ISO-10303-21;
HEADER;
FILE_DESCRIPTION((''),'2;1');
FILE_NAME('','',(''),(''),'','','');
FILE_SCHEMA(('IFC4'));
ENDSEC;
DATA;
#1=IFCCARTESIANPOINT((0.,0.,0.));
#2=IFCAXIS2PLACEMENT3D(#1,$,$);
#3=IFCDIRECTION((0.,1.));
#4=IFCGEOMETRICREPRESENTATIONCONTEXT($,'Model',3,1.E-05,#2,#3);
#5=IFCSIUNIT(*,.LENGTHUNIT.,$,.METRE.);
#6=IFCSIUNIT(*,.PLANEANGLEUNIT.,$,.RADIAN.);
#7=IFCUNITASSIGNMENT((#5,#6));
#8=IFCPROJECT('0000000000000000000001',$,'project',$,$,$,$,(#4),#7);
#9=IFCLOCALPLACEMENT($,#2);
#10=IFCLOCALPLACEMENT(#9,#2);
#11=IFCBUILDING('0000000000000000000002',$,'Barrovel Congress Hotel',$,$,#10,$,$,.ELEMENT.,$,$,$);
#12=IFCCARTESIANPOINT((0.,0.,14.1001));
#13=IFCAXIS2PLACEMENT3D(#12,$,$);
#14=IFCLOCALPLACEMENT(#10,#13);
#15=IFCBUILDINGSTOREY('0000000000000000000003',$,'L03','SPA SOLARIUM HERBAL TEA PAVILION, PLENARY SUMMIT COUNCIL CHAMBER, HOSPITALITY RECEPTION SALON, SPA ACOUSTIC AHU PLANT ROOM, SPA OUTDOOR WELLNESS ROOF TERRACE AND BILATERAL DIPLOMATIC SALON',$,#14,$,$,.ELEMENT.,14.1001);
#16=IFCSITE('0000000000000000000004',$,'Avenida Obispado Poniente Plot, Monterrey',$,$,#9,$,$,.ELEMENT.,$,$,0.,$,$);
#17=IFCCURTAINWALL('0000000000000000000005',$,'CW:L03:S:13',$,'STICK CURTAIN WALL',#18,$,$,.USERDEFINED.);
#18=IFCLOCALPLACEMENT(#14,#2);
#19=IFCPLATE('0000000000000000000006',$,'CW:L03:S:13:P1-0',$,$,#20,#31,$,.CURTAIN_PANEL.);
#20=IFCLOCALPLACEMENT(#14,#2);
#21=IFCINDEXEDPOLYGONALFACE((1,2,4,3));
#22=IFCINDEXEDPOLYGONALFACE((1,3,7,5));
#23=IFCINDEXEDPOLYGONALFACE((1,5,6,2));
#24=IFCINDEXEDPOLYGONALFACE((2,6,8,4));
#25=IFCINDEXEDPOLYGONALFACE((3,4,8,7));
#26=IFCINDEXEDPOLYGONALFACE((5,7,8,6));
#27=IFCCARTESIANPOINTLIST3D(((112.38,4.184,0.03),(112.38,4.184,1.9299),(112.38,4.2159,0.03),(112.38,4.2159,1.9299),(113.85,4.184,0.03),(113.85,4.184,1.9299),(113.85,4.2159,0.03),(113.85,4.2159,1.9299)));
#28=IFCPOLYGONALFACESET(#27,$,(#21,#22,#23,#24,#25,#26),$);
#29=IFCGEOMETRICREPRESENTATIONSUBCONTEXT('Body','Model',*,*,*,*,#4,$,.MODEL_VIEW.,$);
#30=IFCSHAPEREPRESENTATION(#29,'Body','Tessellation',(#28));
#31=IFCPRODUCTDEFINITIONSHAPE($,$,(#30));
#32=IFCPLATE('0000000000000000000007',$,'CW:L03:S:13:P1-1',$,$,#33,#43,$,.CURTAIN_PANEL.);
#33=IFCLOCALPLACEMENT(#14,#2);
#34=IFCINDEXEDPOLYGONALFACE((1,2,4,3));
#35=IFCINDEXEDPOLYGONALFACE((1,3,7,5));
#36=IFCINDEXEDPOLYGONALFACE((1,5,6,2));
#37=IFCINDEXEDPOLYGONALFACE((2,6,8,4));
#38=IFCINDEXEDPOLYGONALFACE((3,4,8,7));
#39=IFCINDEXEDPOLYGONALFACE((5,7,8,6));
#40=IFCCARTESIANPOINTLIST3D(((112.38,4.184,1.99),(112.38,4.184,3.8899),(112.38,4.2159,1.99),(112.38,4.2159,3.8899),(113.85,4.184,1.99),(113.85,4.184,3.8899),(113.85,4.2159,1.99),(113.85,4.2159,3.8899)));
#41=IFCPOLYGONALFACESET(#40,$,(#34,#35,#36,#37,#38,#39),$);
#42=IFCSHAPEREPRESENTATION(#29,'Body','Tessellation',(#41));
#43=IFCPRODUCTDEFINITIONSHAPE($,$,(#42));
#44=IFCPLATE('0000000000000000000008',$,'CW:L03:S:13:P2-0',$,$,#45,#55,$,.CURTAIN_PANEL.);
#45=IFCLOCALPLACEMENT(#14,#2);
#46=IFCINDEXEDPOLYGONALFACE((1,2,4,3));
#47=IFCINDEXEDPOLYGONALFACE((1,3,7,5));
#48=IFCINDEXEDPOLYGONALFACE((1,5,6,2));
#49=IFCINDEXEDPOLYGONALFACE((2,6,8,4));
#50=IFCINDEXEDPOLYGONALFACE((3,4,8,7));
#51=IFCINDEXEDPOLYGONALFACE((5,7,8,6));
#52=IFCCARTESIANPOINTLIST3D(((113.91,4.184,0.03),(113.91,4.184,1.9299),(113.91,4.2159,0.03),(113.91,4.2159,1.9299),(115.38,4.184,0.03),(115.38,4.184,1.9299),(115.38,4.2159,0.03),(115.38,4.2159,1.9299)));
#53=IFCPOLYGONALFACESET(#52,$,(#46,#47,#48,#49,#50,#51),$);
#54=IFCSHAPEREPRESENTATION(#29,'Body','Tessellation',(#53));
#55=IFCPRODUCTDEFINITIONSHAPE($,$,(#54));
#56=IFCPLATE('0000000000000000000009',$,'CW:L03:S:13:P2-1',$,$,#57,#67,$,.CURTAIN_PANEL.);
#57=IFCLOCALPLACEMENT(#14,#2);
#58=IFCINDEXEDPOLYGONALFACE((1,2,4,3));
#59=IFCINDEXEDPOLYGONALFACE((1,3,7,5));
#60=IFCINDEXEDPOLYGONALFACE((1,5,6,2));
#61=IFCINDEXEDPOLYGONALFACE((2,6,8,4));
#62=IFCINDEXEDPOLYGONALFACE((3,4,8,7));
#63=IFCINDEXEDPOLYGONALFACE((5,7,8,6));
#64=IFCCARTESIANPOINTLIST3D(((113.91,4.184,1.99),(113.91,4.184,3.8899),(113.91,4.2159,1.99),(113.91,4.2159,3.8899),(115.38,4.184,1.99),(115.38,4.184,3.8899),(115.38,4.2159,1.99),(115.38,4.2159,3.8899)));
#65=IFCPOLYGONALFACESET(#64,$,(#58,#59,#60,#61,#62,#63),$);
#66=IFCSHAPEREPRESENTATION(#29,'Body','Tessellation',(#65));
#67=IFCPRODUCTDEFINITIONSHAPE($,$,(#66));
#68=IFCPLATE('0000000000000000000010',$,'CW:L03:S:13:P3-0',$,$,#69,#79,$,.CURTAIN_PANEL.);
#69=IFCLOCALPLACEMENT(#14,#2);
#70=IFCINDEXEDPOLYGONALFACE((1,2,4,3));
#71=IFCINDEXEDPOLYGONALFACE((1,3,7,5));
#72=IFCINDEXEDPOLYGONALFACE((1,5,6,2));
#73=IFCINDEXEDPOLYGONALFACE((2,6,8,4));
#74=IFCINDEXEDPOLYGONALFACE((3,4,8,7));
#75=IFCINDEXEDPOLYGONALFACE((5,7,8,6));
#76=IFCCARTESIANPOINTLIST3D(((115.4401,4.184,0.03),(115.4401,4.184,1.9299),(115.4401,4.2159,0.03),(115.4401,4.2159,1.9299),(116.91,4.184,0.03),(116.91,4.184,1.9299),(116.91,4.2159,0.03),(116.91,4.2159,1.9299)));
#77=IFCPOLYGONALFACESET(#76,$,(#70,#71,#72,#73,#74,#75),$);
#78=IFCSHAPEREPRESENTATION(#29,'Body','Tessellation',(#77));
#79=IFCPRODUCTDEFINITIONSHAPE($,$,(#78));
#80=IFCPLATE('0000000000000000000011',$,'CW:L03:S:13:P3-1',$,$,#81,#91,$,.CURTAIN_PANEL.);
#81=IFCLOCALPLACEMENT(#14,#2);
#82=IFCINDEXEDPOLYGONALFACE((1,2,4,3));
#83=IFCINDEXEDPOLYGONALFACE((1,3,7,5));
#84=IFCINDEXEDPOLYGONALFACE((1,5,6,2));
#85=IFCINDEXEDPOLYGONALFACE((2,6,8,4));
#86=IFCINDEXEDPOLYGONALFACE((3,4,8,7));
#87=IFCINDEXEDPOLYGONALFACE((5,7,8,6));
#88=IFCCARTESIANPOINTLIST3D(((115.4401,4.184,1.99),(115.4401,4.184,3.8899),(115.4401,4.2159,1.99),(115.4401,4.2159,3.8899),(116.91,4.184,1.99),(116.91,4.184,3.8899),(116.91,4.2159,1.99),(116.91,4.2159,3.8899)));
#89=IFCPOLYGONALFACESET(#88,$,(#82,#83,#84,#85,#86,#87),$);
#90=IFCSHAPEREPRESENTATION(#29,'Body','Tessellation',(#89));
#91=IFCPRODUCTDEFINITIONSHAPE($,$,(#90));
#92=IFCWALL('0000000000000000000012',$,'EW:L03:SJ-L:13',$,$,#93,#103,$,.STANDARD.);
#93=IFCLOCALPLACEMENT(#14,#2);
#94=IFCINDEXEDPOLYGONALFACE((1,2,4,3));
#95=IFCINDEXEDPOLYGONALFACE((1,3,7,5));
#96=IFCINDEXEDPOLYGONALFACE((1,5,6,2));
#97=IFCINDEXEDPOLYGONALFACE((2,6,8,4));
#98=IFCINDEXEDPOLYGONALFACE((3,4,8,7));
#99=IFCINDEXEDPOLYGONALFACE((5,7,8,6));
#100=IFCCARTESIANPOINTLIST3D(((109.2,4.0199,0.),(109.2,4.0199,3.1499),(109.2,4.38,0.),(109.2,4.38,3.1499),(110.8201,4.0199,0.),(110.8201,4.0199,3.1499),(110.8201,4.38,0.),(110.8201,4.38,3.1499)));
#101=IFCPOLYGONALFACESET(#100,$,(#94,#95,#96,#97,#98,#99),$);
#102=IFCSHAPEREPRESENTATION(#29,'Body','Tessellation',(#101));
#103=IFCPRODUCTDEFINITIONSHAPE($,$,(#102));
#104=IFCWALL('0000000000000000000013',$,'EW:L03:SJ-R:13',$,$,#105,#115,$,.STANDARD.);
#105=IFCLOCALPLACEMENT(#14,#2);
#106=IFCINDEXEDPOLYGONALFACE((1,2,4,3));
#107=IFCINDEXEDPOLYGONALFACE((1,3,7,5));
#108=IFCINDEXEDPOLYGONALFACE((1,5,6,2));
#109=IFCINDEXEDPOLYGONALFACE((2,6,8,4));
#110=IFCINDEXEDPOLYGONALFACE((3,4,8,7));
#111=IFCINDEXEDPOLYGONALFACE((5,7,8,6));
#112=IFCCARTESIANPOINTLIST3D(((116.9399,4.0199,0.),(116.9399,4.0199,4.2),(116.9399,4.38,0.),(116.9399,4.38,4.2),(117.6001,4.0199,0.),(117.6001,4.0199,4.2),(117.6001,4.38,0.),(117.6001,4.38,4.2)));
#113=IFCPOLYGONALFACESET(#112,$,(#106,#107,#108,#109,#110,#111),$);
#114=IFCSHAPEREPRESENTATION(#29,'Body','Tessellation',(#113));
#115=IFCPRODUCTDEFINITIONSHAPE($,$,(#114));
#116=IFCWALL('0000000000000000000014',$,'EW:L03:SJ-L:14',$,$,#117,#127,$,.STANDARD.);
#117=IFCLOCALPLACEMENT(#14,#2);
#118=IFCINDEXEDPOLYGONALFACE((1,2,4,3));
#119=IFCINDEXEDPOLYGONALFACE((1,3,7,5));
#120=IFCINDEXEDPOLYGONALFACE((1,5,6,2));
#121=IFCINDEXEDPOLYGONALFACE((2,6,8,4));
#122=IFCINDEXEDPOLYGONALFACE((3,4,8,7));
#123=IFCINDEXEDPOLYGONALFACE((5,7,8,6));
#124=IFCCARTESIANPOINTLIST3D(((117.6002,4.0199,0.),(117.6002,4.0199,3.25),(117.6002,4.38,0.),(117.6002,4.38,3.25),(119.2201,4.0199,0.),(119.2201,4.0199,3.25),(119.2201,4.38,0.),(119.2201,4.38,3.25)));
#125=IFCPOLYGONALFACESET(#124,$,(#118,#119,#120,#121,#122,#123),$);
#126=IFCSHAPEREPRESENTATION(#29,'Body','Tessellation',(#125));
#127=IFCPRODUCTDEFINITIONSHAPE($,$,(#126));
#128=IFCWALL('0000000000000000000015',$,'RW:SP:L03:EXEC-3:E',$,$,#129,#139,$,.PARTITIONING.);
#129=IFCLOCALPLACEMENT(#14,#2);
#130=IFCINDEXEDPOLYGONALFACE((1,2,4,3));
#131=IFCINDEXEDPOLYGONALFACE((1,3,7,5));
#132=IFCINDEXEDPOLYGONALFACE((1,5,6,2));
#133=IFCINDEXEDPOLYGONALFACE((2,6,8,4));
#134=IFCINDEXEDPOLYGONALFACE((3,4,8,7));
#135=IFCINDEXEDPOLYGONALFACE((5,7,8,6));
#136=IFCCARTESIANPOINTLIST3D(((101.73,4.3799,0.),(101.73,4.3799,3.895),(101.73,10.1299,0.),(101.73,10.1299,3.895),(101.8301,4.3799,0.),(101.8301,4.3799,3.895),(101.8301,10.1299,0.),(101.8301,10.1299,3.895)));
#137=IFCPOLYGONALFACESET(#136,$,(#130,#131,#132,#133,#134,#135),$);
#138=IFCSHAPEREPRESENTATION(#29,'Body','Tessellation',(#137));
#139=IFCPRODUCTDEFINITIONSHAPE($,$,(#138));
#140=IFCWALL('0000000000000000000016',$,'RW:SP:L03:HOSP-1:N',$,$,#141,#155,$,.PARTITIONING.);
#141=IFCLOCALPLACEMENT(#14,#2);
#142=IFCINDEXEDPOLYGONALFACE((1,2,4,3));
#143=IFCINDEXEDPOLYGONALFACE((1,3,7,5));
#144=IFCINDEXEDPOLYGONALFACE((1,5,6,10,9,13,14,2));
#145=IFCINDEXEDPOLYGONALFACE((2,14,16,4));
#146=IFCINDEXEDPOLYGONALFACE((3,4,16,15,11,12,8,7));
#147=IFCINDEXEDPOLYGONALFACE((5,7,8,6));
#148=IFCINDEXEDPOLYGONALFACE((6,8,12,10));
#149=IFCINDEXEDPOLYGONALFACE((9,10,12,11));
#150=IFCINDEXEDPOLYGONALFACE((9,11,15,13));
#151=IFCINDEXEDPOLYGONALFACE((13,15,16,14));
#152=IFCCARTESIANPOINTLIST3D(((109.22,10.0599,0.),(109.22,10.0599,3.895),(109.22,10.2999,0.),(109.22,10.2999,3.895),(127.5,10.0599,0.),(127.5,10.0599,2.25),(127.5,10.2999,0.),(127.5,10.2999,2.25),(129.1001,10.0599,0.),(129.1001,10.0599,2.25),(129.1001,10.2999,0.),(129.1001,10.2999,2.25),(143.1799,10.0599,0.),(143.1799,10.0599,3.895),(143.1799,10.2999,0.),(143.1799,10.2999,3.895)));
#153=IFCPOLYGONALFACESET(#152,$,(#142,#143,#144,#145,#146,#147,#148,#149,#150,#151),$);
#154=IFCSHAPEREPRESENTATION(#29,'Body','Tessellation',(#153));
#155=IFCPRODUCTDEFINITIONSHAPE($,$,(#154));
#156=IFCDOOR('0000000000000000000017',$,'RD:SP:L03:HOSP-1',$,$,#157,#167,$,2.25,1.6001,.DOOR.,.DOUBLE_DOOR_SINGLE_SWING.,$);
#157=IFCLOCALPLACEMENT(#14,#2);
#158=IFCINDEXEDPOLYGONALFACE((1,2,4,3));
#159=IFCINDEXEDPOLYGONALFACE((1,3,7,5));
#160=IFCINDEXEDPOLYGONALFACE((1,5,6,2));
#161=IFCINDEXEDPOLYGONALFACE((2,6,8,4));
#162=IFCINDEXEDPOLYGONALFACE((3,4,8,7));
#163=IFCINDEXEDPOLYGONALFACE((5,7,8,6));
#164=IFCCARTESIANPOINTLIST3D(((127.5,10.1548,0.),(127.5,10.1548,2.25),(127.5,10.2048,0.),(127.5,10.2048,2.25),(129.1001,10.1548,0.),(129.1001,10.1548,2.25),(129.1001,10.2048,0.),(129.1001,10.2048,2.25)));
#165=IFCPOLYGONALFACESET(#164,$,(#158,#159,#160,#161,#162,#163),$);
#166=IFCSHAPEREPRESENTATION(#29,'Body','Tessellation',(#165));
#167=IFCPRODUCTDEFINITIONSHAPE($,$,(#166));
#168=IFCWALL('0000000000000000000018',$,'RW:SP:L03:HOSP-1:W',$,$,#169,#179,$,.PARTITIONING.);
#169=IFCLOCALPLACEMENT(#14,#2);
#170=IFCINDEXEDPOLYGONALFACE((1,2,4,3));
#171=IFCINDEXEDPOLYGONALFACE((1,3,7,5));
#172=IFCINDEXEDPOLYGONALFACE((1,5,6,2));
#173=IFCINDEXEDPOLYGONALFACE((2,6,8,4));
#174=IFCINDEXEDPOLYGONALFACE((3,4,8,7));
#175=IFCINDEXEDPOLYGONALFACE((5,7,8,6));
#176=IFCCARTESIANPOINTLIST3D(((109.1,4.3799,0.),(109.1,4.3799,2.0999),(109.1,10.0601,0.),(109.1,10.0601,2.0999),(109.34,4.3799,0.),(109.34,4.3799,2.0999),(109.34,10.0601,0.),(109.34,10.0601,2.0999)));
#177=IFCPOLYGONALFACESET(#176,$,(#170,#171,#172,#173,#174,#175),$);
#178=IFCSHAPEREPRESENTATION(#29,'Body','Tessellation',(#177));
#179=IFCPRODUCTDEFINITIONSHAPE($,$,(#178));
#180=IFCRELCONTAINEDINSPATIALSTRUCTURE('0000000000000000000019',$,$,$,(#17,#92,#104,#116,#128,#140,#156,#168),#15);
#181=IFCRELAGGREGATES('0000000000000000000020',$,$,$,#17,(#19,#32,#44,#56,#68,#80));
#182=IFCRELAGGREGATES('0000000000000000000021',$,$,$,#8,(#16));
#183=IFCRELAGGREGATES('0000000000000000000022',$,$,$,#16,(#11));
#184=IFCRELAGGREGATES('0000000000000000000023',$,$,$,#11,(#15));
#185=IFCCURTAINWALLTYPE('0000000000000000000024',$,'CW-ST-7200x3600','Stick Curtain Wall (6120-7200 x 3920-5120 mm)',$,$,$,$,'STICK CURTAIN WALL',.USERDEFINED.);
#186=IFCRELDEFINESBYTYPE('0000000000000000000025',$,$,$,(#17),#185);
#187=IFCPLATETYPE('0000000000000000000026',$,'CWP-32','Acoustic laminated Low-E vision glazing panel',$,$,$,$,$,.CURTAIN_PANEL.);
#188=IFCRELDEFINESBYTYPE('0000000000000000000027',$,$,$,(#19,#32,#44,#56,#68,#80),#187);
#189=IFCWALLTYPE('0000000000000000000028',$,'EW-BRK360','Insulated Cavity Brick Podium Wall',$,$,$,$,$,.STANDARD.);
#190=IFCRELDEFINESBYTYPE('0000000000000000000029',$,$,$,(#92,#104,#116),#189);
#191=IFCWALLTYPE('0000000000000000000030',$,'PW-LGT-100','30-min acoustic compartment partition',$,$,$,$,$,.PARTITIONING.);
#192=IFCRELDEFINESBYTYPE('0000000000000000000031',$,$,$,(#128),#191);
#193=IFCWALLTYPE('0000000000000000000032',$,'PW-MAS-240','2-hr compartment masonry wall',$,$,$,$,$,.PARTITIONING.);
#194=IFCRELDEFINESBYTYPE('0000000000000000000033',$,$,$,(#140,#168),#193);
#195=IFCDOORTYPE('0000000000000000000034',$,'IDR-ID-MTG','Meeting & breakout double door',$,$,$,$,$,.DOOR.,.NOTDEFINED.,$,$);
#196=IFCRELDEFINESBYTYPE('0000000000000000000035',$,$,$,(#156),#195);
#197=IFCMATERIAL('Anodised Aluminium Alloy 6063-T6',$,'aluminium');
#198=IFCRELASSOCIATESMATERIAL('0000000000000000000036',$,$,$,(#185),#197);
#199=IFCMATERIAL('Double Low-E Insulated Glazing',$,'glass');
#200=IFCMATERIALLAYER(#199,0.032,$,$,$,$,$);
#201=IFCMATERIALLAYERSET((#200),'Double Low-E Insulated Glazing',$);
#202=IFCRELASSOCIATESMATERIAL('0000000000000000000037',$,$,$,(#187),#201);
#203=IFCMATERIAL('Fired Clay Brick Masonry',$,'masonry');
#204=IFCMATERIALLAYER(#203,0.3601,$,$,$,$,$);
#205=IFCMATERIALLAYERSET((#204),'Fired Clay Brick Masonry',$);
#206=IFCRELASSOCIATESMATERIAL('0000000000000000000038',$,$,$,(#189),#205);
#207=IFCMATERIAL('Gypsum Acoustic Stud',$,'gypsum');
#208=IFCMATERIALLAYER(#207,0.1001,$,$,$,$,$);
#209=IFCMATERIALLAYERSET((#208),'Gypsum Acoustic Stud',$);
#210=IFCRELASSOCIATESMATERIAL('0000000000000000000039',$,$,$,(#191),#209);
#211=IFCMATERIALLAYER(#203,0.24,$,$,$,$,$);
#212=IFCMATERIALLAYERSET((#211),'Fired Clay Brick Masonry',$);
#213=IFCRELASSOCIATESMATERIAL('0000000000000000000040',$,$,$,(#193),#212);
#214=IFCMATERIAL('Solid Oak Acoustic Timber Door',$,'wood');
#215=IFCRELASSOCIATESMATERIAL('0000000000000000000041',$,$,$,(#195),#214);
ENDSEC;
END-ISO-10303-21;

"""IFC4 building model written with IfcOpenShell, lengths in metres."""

from ifc_helpers import new_model, si_unit, direction, frame, frame_2d, origin, origin_2d, place, context, subcontext, project, spatial, rectangle, extrude, material, layer, layer_set, type_object, element, fill, aggregate, save


model = new_model("IFC4")

# Units and contexts
model_context = context("Model", 3, precision=1e-05, world=origin(), true_north=direction((0.0, 1.0)))
body_context = subcontext(model_context, "Body", "Model", "MODEL_VIEW")
ifc_project = project(units=[si_unit("LENGTHUNIT", "METRE"), si_unit("PLANEANGLEUNIT", "RADIAN")], contexts=[model_context])

# Site, building, storey
site_placement = place(None, origin())
site = spatial("IfcSite", under=ifc_project, at=site_placement, Name="Avenida Obispado Poniente Plot, Monterrey", CompositionType="ELEMENT", RefElevation=0.0)
building_placement = place(site_placement, origin())
building = spatial("IfcBuilding", under=site, at=building_placement, Name="Barrovel Congress Hotel", CompositionType="ELEMENT")
storey_placement = place(building_placement, frame((0.0, 0.0, 14.1001)))
storey = spatial("IfcBuildingStorey", under=building, at=storey_placement, Name="L03", Description="SPA SOLARIUM HERBAL TEA PAVILION, PLENARY SUMMIT COUNCIL CHAMBER, HOSPITALITY RECEPTION SALON, SPA ACOUSTIC AHU PLANT ROOM, SPA OUTDOOR WELLNESS ROOF TERRACE AND BILATERAL DIPLOMATIC SALON", CompositionType="ELEMENT", Elevation=14.1001)

# Curtain wall, plates
ifc_material_1 = material(Name="Anodised Aluminium Alloy 6063-T6", Category="aluminium")
curtain_wall_type = type_object("IfcCurtainWallType", Name="CW-ST-7200x3600", Description="Stick Curtain Wall (6120-7200 x 3920-5120 mm)", ElementType="STICK CURTAIN WALL", PredefinedType="USERDEFINED", material=ifc_material_1)
curtain_wall_placement = place(storey_placement, origin())
curtain_wall = element("IfcCurtainWall", 1, at=curtain_wall_placement, inside=storey, type_object=curtain_wall_type, Name="CW:L03:S:13", ObjectType="STICK CURTAIN WALL", PredefinedType="USERDEFINED")
ifc_material_2 = material(Name="Double Low-E Insulated Glazing", Category="glass")
ifc_layer_1 = layer(ifc_material_2, 0.032)
ifc_layer_set_1 = layer_set([ifc_layer_1], Name="Double Low-E Insulated Glazing")
plate_type = type_object("IfcPlateType", Name="CWP-32", Description="Acoustic laminated Low-E vision glazing panel", PredefinedType="CURTAIN_PANEL", material=ifc_layer_set_1)
plate_1_placement = place(storey_placement, frame((113.115, 4.2, 0.03), z_axis=(0.0, 0.0, 1.0), x_axis=(1.0, 0.0, 0.0)))
plate_1 = element("IfcPlate", 2, at=plate_1_placement, type_object=plate_type, Name="CW:L03:S:13:P1-0", PredefinedType="CURTAIN_PANEL", context=body_context, shape_type="SweptSolid", body=[
    extrude(rectangle(XDim=1.47, YDim=0.032, at=origin_2d()), origin(), (0.0, 0.0, 1.0), 1.8999),
])
plate_2_placement = place(storey_placement, frame((113.115, 4.2, 1.99), z_axis=(0.0, 0.0, 1.0), x_axis=(1.0, 0.0, 0.0)))
plate_2 = element("IfcPlate", 3, at=plate_2_placement, type_object=plate_type, Name="CW:L03:S:13:P1-1", PredefinedType="CURTAIN_PANEL", context=body_context, shape_type="SweptSolid", body=[
    extrude(rectangle(XDim=1.47, YDim=0.032, at=origin_2d()), origin(), (0.0, 0.0, 1.0), 1.8999),
])
plate_3_placement = place(storey_placement, frame((114.645, 4.2, 0.03), z_axis=(0.0, 0.0, 1.0), x_axis=(1.0, 0.0, 0.0)))
plate_3 = element("IfcPlate", 4, at=plate_3_placement, type_object=plate_type, Name="CW:L03:S:13:P2-0", PredefinedType="CURTAIN_PANEL", context=body_context, shape_type="SweptSolid", body=[
    extrude(rectangle(XDim=1.47, YDim=0.032, at=origin_2d()), origin(), (0.0, 0.0, 1.0), 1.8999),
])
plate_4_placement = place(storey_placement, frame((114.645, 4.2, 1.99), z_axis=(0.0, 0.0, 1.0), x_axis=(1.0, 0.0, 0.0)))
plate_4 = element("IfcPlate", 5, at=plate_4_placement, type_object=plate_type, Name="CW:L03:S:13:P2-1", PredefinedType="CURTAIN_PANEL", context=body_context, shape_type="SweptSolid", body=[
    extrude(rectangle(XDim=1.47, YDim=0.032, at=origin_2d()), origin(), (0.0, 0.0, 1.0), 1.8999),
])
plate_5_placement = place(storey_placement, frame((116.175, 4.2, 0.03), z_axis=(0.0, 0.0, 1.0), x_axis=(1.0, 0.0, 0.0)))
plate_5 = element("IfcPlate", 6, at=plate_5_placement, type_object=plate_type, Name="CW:L03:S:13:P3-0", PredefinedType="CURTAIN_PANEL", context=body_context, shape_type="SweptSolid", body=[
    extrude(rectangle(XDim=1.47, YDim=0.032, at=origin_2d()), origin(), (0.0, 0.0, 1.0), 1.8999),
])
plate_6_placement = place(storey_placement, frame((116.175, 4.2, 1.99), z_axis=(0.0, 0.0, 1.0), x_axis=(1.0, 0.0, 0.0)))
plate_6 = element("IfcPlate", 7, at=plate_6_placement, type_object=plate_type, Name="CW:L03:S:13:P3-1", PredefinedType="CURTAIN_PANEL", context=body_context, shape_type="SweptSolid", body=[
    extrude(rectangle(XDim=1.47, YDim=0.032, at=origin_2d()), origin(), (0.0, 0.0, 1.0), 1.8999),
])
aggregate(curtain_wall, [plate_1, plate_2, plate_3, plate_4, plate_5, plate_6])

# Walls
ifc_material_3 = material(Name="Fired Clay Brick Masonry", Category="masonry")
ifc_layer_2 = layer(ifc_material_3, 0.3601)
ifc_layer_set_2 = layer_set([ifc_layer_2], Name="Fired Clay Brick Masonry")
wall_type_1 = type_object("IfcWallType", Name="EW-BRK360", Description="Insulated Cavity Brick Podium Wall", PredefinedType="STANDARD", material=ifc_layer_set_2)
wall_1_placement = place(storey_placement, frame((109.2, 4.2, 0.0), z_axis=(0.0, 0.0, 1.0), x_axis=(1.0, 0.0, 0.0)))
element("IfcWall", 8, at=wall_1_placement, inside=storey, type_object=wall_type_1, Name="EW:L03:SJ-L:13", PredefinedType="STANDARD", context=body_context, shape_type="SweptSolid", body=[
    extrude(rectangle(XDim=1.6201, YDim=0.3601, at=frame_2d((0.8101, 0.0))), origin(), (0.0, 0.0, 1.0), 3.1499),
])
wall_2_placement = place(storey_placement, frame((116.9399, 4.2, 0.0), z_axis=(0.0, 0.0, 1.0), x_axis=(1.0, 0.0, 0.0)))
element("IfcWall", 9, at=wall_2_placement, inside=storey, type_object=wall_type_1, Name="EW:L03:SJ-R:13", PredefinedType="STANDARD", context=body_context, shape_type="SweptSolid", body=[
    extrude(rectangle(XDim=0.6602, YDim=0.3601, at=frame_2d((0.3301, 0.0))), origin(), (0.0, 0.0, 1.0), 4.2),
])
wall_3_placement = place(storey_placement, frame((117.6001, 4.2, 0.0), z_axis=(0.0, 0.0, 1.0), x_axis=(1.0, 0.0, 0.0)))
element("IfcWall", 10, at=wall_3_placement, inside=storey, type_object=wall_type_1, Name="EW:L03:SJ-L:14", PredefinedType="STANDARD", context=body_context, shape_type="SweptSolid", body=[
    extrude(rectangle(XDim=1.6199, YDim=0.3601, at=frame_2d((0.8101, 0.0))), origin(), (0.0, 0.0, 1.0), 3.25),
])
ifc_material_4 = material(Name="Gypsum Acoustic Stud", Category="gypsum")
ifc_layer_3 = layer(ifc_material_4, 0.1001)
ifc_layer_set_3 = layer_set([ifc_layer_3], Name="Gypsum Acoustic Stud")
wall_type_2 = type_object("IfcWallType", Name="PW-LGT-100", Description="30-min acoustic compartment partition", PredefinedType="PARTITIONING", material=ifc_layer_set_3)
wall_4_placement = place(storey_placement, frame((101.78, 4.3799, 0.0), z_axis=(0.0, 0.0, 1.0), x_axis=(0.0, 1.0, 0.0)))
element("IfcWall", 11, at=wall_4_placement, inside=storey, type_object=wall_type_2, Name="RW:SP:L03:EXEC-3:E", PredefinedType="PARTITIONING", context=body_context, shape_type="SweptSolid", body=[
    extrude(rectangle(XDim=5.75, YDim=0.1001, at=frame_2d((2.875, 0.0))), origin(), (0.0, 0.0, 1.0), 3.895),
])

# Wall, opening, door
ifc_layer_4 = layer(ifc_material_3, 0.24)
ifc_layer_set_4 = layer_set([ifc_layer_4], Name="Fired Clay Brick Masonry")
wall_type_3 = type_object("IfcWallType", Name="PW-MAS-240", Description="2-hr compartment masonry wall", PredefinedType="PARTITIONING", material=ifc_layer_set_4)
wall_5_placement = place(storey_placement, frame((109.22, 10.1799, 0.0), z_axis=(0.0, 0.0, 1.0), x_axis=(1.0, 0.0, 0.0)))
wall_5 = element("IfcWall", 12, at=wall_5_placement, inside=storey, type_object=wall_type_3, Name="RW:SP:L03:HOSP-1:N", PredefinedType="PARTITIONING", context=body_context, shape_type="SweptSolid", body=[
    extrude(rectangle(XDim=33.96, YDim=0.24, at=frame_2d((16.98, 0.0))), origin(), (0.0, 0.0, 1.0), 3.895),
])
opening_1_placement = place(wall_5_placement, frame((18.28, 0.0, 0.0)))
opening_1 = element("IfcOpeningElement", 13, at=opening_1_placement, cuts=wall_5, PredefinedType="OPENING", context=body_context, shape_type="SweptSolid", body=[
    extrude(rectangle(XDim=1.6001, YDim=2.25, at=frame_2d((0.8, 1.125))), frame((0.0, 0.1299, 0.0), z_axis=(0.0, -1.0, 0.0), x_axis=(1.0, 0.0, 0.0)), (0.0, 0.0, 1.0), 0.26),
])
ifc_material_5 = material(Name="Solid Oak Acoustic Timber Door", Category="wood")
door_type_1 = type_object("IfcDoorType", Name="IDR-ID-MTG", Description="Meeting & breakout double door", OperationType="NOTDEFINED", PredefinedType="DOOR", material=ifc_material_5)
door_1_placement = place(opening_1_placement, origin())
door_1 = element("IfcDoor", 14, at=door_1_placement, inside=storey, type_object=door_type_1, Name="RD:SP:L03:HOSP-1", OperationType="DOUBLE_DOOR_SINGLE_SWING", OverallHeight=2.25, OverallWidth=1.6001, PredefinedType="DOOR", context=body_context, shape_type="SweptSolid", body=[
    extrude(rectangle(XDim=1.6001, YDim=2.25, at=frame_2d((0.8, 1.125))), frame((0.0, 0.0249, 0.0), z_axis=(0.0, -1.0, 0.0), x_axis=(1.0, 0.0, 0.0)), (0.0, 0.0, 1.0), 0.05),
])
fill(opening_1, door_1)

# Wall
wall_6_placement = place(storey_placement, frame((109.22, 4.3799, 0.0), z_axis=(0.0, 0.0, 1.0), x_axis=(0.0, 1.0, 0.0)))
element("IfcWall", 15, at=wall_6_placement, inside=storey, type_object=wall_type_3, Name="RW:SP:L03:HOSP-1:W", PredefinedType="PARTITIONING", context=body_context, shape_type="SweptSolid", body=[
    extrude(rectangle(XDim=5.6802, YDim=0.24, at=frame_2d((2.8401, 0.0))), origin(), (0.0, 0.0, 1.0), 2.0999),
])

save(model, "model.ifc")
